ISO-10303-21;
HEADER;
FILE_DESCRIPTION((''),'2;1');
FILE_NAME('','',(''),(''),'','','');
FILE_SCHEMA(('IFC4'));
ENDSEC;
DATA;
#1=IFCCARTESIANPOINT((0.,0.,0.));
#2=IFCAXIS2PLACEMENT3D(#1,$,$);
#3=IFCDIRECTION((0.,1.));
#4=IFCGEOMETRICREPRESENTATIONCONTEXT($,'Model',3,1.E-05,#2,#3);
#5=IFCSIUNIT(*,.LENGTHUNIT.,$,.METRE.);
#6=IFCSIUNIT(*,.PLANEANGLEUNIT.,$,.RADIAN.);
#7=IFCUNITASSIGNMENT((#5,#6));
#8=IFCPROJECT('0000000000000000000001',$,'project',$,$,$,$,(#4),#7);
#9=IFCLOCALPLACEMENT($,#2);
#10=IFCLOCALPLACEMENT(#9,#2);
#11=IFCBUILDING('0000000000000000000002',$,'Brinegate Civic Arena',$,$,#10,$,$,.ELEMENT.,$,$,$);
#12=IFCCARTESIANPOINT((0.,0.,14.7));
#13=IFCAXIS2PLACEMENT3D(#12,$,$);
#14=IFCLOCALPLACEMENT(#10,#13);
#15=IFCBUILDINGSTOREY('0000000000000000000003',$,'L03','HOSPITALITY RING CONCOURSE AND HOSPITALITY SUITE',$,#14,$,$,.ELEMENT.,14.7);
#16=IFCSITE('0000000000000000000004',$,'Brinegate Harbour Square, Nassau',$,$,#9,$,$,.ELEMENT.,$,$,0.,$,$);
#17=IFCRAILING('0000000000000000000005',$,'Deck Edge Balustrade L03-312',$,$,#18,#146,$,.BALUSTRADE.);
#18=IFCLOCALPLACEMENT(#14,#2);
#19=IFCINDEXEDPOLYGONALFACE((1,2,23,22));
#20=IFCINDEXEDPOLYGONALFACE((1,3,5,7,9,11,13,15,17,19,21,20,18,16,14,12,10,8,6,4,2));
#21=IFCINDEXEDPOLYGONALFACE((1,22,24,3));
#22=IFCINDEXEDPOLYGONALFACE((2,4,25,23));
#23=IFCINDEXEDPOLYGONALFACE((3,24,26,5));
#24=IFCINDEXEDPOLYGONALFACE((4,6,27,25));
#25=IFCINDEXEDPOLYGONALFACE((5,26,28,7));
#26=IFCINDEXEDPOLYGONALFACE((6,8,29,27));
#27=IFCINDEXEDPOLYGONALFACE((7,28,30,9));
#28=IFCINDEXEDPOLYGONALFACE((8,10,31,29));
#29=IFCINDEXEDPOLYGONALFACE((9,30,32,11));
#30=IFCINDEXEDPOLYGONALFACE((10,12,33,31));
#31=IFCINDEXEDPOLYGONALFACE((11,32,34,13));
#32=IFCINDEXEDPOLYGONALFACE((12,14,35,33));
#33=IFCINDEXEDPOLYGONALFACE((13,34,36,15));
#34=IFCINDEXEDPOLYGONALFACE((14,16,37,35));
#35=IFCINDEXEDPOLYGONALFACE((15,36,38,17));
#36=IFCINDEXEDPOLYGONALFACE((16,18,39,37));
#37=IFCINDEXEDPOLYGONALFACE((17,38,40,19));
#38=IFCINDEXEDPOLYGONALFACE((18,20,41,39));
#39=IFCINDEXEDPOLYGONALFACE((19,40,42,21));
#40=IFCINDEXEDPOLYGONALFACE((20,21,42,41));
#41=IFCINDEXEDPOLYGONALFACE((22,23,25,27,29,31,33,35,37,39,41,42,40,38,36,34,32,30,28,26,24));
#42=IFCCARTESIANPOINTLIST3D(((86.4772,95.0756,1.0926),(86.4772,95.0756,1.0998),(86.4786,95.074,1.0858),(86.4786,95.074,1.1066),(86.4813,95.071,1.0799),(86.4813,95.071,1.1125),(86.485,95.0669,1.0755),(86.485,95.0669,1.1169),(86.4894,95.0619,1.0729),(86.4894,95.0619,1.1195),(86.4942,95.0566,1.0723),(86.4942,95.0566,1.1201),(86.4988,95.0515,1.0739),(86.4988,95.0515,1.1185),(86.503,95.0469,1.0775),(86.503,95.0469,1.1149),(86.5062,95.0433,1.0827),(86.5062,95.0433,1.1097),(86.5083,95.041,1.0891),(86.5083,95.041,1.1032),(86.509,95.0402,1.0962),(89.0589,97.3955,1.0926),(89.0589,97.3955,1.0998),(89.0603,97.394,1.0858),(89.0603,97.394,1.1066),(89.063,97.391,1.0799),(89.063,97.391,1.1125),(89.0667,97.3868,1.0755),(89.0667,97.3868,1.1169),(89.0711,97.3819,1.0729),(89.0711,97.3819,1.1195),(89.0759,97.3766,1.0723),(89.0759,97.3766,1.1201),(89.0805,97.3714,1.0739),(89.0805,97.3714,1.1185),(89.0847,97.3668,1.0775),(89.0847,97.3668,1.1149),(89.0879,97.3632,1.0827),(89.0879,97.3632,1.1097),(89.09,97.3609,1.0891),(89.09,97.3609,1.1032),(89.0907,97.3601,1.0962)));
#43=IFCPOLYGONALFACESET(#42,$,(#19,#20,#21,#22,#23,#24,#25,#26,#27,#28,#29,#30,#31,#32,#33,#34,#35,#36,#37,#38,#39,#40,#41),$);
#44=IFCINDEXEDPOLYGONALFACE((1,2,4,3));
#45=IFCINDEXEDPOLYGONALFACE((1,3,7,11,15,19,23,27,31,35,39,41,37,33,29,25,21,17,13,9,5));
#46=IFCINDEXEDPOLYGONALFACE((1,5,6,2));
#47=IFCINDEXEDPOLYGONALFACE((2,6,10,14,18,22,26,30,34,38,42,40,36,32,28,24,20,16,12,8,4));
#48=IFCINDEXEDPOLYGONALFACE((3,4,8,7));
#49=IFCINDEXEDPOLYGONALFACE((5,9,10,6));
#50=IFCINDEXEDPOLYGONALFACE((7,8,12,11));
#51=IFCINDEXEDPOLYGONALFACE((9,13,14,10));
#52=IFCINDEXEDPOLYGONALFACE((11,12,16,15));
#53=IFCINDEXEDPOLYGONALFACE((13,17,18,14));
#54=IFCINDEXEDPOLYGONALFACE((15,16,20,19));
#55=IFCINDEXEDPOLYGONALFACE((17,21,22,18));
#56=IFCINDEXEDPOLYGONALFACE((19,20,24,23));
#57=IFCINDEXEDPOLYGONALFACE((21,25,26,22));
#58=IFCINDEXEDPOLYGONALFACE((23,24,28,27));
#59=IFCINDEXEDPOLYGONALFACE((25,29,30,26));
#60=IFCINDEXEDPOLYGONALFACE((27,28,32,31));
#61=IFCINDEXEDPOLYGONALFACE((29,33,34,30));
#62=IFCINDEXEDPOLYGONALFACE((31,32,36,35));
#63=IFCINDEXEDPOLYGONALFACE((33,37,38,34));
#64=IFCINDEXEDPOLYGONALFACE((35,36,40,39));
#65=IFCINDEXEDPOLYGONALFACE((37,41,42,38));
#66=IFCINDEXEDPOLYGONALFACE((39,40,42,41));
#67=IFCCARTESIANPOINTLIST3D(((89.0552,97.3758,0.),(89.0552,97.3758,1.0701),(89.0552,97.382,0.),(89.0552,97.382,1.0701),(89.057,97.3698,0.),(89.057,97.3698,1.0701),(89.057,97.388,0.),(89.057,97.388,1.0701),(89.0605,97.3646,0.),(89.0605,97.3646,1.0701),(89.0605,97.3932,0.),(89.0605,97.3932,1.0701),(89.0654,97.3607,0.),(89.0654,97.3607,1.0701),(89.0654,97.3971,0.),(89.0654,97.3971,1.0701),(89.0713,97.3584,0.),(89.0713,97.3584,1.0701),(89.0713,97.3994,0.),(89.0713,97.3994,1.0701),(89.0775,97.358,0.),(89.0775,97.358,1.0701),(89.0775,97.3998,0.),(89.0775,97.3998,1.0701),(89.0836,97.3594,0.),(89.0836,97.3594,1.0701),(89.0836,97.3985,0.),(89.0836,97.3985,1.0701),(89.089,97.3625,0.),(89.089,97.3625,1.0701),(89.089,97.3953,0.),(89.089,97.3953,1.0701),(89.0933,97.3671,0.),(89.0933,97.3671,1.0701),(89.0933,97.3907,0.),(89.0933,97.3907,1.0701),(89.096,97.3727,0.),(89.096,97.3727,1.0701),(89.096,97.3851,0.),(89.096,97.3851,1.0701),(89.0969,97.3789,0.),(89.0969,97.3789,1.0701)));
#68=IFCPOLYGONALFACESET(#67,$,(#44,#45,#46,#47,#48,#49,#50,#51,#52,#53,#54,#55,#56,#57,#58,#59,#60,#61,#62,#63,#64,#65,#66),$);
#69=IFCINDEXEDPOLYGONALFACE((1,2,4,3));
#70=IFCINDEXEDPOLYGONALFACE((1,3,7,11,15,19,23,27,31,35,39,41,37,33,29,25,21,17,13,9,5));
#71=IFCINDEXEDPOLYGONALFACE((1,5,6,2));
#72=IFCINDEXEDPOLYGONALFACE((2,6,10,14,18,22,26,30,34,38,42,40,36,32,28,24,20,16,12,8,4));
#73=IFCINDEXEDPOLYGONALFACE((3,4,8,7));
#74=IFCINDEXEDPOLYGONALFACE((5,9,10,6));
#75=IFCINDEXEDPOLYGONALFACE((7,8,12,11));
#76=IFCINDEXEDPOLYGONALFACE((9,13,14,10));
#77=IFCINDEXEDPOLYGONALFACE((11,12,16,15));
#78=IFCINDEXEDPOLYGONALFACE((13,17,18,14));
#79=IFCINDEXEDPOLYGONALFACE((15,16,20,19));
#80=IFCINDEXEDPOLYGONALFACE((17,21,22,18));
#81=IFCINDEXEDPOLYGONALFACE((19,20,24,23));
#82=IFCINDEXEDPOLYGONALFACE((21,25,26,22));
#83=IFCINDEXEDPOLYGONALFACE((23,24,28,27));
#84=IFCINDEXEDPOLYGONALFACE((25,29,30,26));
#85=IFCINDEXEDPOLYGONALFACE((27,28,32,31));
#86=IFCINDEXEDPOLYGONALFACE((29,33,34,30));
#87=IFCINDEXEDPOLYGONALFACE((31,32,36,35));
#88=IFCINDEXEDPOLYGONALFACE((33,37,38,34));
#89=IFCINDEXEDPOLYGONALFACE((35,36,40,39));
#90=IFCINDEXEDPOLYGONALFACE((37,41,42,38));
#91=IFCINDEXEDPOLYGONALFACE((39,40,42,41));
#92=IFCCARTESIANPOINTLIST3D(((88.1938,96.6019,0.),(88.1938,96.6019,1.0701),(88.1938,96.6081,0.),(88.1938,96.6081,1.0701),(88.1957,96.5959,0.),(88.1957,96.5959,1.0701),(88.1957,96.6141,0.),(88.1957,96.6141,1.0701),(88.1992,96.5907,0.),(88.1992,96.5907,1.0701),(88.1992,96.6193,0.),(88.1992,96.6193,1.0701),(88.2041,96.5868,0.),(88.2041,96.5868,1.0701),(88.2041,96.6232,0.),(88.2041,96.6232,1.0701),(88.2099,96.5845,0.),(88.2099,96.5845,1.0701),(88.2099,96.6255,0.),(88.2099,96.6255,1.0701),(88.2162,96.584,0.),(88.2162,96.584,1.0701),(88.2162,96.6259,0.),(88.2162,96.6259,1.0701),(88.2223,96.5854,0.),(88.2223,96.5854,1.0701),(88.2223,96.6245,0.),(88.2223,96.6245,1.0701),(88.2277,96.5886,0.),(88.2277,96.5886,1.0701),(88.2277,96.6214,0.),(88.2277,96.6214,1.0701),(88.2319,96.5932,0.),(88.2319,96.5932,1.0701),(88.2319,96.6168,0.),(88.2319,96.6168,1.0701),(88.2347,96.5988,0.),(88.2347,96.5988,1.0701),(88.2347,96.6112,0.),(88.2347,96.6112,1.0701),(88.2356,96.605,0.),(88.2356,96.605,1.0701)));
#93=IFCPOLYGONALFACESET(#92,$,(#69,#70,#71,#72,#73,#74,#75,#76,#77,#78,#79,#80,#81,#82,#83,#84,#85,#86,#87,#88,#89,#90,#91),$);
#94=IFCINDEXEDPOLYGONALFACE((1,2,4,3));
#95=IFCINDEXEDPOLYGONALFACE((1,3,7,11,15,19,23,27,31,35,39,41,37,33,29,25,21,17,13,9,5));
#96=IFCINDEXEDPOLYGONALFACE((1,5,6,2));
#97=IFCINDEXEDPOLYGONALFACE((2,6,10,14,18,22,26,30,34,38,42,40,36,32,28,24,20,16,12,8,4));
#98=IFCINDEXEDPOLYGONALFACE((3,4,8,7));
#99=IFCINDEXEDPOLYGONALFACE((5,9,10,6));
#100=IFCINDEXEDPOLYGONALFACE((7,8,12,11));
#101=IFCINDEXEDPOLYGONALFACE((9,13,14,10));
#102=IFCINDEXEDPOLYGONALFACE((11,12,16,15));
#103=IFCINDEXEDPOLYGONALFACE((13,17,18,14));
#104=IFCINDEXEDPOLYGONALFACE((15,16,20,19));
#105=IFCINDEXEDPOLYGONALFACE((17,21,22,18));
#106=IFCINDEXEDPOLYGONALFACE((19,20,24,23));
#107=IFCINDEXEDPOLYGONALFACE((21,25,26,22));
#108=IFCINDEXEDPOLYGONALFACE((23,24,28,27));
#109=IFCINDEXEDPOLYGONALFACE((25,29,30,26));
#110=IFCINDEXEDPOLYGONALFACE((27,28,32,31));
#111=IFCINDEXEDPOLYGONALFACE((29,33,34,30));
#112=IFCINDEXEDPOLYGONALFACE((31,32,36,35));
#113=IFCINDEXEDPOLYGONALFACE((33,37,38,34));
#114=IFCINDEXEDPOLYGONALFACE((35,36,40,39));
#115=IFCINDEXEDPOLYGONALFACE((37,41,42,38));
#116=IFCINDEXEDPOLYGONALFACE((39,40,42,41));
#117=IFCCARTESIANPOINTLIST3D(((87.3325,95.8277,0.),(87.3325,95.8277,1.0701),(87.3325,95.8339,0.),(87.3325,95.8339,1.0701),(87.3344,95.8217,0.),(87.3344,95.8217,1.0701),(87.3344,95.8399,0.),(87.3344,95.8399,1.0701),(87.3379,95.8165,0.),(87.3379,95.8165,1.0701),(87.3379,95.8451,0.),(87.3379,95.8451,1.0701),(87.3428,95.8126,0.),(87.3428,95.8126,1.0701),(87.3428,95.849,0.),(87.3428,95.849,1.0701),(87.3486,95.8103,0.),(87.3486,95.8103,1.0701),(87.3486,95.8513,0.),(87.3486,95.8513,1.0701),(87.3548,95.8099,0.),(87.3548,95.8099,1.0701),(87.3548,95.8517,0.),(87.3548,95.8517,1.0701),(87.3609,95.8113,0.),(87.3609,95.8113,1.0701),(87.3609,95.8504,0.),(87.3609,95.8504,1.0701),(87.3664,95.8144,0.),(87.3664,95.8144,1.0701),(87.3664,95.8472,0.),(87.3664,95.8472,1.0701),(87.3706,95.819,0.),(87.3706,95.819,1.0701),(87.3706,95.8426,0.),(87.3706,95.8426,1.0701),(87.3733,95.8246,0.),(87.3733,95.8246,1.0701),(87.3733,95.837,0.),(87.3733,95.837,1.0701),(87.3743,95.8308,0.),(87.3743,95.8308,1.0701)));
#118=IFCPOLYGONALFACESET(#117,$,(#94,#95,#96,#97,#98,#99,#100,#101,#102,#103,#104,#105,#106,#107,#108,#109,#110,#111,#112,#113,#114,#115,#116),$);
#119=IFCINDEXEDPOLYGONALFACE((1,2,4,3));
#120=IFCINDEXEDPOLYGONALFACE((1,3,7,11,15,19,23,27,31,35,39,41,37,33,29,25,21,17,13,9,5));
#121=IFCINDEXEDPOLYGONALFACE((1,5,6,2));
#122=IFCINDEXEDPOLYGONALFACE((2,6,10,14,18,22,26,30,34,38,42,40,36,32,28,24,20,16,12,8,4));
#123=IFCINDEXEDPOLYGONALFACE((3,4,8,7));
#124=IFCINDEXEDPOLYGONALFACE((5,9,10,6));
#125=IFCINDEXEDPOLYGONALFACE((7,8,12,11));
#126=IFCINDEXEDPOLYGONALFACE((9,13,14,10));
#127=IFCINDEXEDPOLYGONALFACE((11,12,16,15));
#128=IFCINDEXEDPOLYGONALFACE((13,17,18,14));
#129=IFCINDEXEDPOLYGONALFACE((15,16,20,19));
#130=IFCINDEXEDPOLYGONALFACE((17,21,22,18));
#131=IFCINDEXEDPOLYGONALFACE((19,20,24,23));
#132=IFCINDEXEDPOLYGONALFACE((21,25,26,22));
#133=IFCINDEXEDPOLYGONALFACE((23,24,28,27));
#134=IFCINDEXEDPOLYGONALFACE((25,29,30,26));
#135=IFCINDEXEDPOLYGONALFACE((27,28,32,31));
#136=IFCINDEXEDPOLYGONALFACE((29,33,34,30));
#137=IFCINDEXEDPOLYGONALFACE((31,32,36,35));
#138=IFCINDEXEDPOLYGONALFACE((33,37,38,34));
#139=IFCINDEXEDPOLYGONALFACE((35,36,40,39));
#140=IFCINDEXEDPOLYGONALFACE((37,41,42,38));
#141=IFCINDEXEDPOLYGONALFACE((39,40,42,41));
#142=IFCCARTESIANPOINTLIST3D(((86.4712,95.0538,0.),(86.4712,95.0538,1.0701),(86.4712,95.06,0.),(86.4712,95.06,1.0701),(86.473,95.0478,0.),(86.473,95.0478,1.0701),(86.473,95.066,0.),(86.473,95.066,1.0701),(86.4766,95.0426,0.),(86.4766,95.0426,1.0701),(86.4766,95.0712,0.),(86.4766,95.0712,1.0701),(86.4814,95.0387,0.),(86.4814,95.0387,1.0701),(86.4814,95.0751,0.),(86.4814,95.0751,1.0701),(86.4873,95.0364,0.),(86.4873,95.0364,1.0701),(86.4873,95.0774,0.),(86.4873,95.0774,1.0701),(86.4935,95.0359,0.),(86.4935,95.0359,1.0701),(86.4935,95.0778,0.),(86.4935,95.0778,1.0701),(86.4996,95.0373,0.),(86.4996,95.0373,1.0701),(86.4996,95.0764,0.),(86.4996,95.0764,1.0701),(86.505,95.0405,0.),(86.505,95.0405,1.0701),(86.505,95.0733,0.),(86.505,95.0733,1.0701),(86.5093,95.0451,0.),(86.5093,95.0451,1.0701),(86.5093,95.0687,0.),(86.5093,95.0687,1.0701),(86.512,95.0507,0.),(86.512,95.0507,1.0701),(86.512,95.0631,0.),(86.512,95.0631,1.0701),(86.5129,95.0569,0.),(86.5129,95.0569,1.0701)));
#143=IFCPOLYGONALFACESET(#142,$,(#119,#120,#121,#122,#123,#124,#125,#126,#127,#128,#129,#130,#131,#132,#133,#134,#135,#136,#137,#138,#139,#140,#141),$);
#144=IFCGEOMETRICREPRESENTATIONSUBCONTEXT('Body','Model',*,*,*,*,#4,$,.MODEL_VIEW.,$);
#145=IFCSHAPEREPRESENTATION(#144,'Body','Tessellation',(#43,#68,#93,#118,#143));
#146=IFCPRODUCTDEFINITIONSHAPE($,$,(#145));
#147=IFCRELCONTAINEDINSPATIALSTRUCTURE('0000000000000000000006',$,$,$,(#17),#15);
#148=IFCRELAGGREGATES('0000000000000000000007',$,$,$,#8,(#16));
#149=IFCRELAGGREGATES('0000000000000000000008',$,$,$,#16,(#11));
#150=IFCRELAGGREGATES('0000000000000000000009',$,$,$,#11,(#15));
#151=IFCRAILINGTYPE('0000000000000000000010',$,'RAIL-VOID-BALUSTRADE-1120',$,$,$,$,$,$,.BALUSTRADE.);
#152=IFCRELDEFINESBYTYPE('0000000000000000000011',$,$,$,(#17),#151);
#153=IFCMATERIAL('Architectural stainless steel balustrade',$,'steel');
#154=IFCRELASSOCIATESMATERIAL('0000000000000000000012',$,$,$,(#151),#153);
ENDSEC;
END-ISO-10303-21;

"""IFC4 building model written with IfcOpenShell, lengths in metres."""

from ifc_helpers import new_model, si_unit, direction, frame, origin, origin_2d, place, context, subcontext, project, spatial, circle, extrude, material, type_object, element, save


model = new_model("IFC4")

# Units and contexts
model_context = context("Model", 3, precision=1e-05, world=origin(), true_north=direction((0.0, 1.0)))
body_context = subcontext(model_context, "Body", "Model", "MODEL_VIEW")
ifc_project = project(units=[si_unit("LENGTHUNIT", "METRE"), si_unit("PLANEANGLEUNIT", "RADIAN")], contexts=[model_context])

# Site, building, storey
site_placement = place(None, origin())
site = spatial("IfcSite", under=ifc_project, at=site_placement, Name="Brinegate Harbour Square, Nassau", CompositionType="ELEMENT", RefElevation=0.0)
building_placement = place(site_placement, origin())
building = spatial("IfcBuilding", under=site, at=building_placement, Name="Brinegate Civic Arena", CompositionType="ELEMENT")
storey_placement = place(building_placement, frame((0.0, 0.0, 14.7)))
storey = spatial("IfcBuildingStorey", under=building, at=storey_placement, Name="L03", Description="HOSPITALITY RING CONCOURSE AND HOSPITALITY SUITE", CompositionType="ELEMENT", Elevation=14.7)

# Railing
ifc_material_1 = material(Name="Architectural stainless steel balustrade", Category="steel")
railing_type = type_object("IfcRailingType", Name="RAIL-VOID-BALUSTRADE-1120", PredefinedType="BALUSTRADE", material=ifc_material_1)
railing_1_placement = place(storey_placement, frame((89.0759, 97.3789, 0.0)))
element("IfcRailing", 1, at=railing_1_placement, inside=storey, type_object=railing_type, Name="Deck Edge Balustrade L03-312", PredefinedType="BALUSTRADE", context=body_context, shape_type="SweptSolid", body=[
    extrude(circle(Radius=0.0239, at=origin_2d()), frame((-0.0012, -0.001, 1.0962), z_axis=(-0.743804, -0.668398, 0.0), x_axis=(0.668398, -0.743804, 0.0)), (0.0, 0.0, 1.0), 3.4709),
    extrude(circle(Radius=0.021, at=origin_2d()), origin(), (0.0, 0.0, 1.0), 1.0701),
    extrude(circle(Radius=0.021, at=origin_2d()), frame((-0.8613, -0.7739, 0.0)), (0.0, 0.0, 1.0), 1.0701),
    extrude(circle(Radius=0.021, at=origin_2d()), frame((-1.7227, -1.5481, 0.0)), (0.0, 0.0, 1.0), 1.0701),
    extrude(circle(Radius=0.021, at=origin_2d()), frame((-2.584, -2.322, 0.0)), (0.0, 0.0, 1.0), 1.0701),
])

save(model, "model.ifc")
